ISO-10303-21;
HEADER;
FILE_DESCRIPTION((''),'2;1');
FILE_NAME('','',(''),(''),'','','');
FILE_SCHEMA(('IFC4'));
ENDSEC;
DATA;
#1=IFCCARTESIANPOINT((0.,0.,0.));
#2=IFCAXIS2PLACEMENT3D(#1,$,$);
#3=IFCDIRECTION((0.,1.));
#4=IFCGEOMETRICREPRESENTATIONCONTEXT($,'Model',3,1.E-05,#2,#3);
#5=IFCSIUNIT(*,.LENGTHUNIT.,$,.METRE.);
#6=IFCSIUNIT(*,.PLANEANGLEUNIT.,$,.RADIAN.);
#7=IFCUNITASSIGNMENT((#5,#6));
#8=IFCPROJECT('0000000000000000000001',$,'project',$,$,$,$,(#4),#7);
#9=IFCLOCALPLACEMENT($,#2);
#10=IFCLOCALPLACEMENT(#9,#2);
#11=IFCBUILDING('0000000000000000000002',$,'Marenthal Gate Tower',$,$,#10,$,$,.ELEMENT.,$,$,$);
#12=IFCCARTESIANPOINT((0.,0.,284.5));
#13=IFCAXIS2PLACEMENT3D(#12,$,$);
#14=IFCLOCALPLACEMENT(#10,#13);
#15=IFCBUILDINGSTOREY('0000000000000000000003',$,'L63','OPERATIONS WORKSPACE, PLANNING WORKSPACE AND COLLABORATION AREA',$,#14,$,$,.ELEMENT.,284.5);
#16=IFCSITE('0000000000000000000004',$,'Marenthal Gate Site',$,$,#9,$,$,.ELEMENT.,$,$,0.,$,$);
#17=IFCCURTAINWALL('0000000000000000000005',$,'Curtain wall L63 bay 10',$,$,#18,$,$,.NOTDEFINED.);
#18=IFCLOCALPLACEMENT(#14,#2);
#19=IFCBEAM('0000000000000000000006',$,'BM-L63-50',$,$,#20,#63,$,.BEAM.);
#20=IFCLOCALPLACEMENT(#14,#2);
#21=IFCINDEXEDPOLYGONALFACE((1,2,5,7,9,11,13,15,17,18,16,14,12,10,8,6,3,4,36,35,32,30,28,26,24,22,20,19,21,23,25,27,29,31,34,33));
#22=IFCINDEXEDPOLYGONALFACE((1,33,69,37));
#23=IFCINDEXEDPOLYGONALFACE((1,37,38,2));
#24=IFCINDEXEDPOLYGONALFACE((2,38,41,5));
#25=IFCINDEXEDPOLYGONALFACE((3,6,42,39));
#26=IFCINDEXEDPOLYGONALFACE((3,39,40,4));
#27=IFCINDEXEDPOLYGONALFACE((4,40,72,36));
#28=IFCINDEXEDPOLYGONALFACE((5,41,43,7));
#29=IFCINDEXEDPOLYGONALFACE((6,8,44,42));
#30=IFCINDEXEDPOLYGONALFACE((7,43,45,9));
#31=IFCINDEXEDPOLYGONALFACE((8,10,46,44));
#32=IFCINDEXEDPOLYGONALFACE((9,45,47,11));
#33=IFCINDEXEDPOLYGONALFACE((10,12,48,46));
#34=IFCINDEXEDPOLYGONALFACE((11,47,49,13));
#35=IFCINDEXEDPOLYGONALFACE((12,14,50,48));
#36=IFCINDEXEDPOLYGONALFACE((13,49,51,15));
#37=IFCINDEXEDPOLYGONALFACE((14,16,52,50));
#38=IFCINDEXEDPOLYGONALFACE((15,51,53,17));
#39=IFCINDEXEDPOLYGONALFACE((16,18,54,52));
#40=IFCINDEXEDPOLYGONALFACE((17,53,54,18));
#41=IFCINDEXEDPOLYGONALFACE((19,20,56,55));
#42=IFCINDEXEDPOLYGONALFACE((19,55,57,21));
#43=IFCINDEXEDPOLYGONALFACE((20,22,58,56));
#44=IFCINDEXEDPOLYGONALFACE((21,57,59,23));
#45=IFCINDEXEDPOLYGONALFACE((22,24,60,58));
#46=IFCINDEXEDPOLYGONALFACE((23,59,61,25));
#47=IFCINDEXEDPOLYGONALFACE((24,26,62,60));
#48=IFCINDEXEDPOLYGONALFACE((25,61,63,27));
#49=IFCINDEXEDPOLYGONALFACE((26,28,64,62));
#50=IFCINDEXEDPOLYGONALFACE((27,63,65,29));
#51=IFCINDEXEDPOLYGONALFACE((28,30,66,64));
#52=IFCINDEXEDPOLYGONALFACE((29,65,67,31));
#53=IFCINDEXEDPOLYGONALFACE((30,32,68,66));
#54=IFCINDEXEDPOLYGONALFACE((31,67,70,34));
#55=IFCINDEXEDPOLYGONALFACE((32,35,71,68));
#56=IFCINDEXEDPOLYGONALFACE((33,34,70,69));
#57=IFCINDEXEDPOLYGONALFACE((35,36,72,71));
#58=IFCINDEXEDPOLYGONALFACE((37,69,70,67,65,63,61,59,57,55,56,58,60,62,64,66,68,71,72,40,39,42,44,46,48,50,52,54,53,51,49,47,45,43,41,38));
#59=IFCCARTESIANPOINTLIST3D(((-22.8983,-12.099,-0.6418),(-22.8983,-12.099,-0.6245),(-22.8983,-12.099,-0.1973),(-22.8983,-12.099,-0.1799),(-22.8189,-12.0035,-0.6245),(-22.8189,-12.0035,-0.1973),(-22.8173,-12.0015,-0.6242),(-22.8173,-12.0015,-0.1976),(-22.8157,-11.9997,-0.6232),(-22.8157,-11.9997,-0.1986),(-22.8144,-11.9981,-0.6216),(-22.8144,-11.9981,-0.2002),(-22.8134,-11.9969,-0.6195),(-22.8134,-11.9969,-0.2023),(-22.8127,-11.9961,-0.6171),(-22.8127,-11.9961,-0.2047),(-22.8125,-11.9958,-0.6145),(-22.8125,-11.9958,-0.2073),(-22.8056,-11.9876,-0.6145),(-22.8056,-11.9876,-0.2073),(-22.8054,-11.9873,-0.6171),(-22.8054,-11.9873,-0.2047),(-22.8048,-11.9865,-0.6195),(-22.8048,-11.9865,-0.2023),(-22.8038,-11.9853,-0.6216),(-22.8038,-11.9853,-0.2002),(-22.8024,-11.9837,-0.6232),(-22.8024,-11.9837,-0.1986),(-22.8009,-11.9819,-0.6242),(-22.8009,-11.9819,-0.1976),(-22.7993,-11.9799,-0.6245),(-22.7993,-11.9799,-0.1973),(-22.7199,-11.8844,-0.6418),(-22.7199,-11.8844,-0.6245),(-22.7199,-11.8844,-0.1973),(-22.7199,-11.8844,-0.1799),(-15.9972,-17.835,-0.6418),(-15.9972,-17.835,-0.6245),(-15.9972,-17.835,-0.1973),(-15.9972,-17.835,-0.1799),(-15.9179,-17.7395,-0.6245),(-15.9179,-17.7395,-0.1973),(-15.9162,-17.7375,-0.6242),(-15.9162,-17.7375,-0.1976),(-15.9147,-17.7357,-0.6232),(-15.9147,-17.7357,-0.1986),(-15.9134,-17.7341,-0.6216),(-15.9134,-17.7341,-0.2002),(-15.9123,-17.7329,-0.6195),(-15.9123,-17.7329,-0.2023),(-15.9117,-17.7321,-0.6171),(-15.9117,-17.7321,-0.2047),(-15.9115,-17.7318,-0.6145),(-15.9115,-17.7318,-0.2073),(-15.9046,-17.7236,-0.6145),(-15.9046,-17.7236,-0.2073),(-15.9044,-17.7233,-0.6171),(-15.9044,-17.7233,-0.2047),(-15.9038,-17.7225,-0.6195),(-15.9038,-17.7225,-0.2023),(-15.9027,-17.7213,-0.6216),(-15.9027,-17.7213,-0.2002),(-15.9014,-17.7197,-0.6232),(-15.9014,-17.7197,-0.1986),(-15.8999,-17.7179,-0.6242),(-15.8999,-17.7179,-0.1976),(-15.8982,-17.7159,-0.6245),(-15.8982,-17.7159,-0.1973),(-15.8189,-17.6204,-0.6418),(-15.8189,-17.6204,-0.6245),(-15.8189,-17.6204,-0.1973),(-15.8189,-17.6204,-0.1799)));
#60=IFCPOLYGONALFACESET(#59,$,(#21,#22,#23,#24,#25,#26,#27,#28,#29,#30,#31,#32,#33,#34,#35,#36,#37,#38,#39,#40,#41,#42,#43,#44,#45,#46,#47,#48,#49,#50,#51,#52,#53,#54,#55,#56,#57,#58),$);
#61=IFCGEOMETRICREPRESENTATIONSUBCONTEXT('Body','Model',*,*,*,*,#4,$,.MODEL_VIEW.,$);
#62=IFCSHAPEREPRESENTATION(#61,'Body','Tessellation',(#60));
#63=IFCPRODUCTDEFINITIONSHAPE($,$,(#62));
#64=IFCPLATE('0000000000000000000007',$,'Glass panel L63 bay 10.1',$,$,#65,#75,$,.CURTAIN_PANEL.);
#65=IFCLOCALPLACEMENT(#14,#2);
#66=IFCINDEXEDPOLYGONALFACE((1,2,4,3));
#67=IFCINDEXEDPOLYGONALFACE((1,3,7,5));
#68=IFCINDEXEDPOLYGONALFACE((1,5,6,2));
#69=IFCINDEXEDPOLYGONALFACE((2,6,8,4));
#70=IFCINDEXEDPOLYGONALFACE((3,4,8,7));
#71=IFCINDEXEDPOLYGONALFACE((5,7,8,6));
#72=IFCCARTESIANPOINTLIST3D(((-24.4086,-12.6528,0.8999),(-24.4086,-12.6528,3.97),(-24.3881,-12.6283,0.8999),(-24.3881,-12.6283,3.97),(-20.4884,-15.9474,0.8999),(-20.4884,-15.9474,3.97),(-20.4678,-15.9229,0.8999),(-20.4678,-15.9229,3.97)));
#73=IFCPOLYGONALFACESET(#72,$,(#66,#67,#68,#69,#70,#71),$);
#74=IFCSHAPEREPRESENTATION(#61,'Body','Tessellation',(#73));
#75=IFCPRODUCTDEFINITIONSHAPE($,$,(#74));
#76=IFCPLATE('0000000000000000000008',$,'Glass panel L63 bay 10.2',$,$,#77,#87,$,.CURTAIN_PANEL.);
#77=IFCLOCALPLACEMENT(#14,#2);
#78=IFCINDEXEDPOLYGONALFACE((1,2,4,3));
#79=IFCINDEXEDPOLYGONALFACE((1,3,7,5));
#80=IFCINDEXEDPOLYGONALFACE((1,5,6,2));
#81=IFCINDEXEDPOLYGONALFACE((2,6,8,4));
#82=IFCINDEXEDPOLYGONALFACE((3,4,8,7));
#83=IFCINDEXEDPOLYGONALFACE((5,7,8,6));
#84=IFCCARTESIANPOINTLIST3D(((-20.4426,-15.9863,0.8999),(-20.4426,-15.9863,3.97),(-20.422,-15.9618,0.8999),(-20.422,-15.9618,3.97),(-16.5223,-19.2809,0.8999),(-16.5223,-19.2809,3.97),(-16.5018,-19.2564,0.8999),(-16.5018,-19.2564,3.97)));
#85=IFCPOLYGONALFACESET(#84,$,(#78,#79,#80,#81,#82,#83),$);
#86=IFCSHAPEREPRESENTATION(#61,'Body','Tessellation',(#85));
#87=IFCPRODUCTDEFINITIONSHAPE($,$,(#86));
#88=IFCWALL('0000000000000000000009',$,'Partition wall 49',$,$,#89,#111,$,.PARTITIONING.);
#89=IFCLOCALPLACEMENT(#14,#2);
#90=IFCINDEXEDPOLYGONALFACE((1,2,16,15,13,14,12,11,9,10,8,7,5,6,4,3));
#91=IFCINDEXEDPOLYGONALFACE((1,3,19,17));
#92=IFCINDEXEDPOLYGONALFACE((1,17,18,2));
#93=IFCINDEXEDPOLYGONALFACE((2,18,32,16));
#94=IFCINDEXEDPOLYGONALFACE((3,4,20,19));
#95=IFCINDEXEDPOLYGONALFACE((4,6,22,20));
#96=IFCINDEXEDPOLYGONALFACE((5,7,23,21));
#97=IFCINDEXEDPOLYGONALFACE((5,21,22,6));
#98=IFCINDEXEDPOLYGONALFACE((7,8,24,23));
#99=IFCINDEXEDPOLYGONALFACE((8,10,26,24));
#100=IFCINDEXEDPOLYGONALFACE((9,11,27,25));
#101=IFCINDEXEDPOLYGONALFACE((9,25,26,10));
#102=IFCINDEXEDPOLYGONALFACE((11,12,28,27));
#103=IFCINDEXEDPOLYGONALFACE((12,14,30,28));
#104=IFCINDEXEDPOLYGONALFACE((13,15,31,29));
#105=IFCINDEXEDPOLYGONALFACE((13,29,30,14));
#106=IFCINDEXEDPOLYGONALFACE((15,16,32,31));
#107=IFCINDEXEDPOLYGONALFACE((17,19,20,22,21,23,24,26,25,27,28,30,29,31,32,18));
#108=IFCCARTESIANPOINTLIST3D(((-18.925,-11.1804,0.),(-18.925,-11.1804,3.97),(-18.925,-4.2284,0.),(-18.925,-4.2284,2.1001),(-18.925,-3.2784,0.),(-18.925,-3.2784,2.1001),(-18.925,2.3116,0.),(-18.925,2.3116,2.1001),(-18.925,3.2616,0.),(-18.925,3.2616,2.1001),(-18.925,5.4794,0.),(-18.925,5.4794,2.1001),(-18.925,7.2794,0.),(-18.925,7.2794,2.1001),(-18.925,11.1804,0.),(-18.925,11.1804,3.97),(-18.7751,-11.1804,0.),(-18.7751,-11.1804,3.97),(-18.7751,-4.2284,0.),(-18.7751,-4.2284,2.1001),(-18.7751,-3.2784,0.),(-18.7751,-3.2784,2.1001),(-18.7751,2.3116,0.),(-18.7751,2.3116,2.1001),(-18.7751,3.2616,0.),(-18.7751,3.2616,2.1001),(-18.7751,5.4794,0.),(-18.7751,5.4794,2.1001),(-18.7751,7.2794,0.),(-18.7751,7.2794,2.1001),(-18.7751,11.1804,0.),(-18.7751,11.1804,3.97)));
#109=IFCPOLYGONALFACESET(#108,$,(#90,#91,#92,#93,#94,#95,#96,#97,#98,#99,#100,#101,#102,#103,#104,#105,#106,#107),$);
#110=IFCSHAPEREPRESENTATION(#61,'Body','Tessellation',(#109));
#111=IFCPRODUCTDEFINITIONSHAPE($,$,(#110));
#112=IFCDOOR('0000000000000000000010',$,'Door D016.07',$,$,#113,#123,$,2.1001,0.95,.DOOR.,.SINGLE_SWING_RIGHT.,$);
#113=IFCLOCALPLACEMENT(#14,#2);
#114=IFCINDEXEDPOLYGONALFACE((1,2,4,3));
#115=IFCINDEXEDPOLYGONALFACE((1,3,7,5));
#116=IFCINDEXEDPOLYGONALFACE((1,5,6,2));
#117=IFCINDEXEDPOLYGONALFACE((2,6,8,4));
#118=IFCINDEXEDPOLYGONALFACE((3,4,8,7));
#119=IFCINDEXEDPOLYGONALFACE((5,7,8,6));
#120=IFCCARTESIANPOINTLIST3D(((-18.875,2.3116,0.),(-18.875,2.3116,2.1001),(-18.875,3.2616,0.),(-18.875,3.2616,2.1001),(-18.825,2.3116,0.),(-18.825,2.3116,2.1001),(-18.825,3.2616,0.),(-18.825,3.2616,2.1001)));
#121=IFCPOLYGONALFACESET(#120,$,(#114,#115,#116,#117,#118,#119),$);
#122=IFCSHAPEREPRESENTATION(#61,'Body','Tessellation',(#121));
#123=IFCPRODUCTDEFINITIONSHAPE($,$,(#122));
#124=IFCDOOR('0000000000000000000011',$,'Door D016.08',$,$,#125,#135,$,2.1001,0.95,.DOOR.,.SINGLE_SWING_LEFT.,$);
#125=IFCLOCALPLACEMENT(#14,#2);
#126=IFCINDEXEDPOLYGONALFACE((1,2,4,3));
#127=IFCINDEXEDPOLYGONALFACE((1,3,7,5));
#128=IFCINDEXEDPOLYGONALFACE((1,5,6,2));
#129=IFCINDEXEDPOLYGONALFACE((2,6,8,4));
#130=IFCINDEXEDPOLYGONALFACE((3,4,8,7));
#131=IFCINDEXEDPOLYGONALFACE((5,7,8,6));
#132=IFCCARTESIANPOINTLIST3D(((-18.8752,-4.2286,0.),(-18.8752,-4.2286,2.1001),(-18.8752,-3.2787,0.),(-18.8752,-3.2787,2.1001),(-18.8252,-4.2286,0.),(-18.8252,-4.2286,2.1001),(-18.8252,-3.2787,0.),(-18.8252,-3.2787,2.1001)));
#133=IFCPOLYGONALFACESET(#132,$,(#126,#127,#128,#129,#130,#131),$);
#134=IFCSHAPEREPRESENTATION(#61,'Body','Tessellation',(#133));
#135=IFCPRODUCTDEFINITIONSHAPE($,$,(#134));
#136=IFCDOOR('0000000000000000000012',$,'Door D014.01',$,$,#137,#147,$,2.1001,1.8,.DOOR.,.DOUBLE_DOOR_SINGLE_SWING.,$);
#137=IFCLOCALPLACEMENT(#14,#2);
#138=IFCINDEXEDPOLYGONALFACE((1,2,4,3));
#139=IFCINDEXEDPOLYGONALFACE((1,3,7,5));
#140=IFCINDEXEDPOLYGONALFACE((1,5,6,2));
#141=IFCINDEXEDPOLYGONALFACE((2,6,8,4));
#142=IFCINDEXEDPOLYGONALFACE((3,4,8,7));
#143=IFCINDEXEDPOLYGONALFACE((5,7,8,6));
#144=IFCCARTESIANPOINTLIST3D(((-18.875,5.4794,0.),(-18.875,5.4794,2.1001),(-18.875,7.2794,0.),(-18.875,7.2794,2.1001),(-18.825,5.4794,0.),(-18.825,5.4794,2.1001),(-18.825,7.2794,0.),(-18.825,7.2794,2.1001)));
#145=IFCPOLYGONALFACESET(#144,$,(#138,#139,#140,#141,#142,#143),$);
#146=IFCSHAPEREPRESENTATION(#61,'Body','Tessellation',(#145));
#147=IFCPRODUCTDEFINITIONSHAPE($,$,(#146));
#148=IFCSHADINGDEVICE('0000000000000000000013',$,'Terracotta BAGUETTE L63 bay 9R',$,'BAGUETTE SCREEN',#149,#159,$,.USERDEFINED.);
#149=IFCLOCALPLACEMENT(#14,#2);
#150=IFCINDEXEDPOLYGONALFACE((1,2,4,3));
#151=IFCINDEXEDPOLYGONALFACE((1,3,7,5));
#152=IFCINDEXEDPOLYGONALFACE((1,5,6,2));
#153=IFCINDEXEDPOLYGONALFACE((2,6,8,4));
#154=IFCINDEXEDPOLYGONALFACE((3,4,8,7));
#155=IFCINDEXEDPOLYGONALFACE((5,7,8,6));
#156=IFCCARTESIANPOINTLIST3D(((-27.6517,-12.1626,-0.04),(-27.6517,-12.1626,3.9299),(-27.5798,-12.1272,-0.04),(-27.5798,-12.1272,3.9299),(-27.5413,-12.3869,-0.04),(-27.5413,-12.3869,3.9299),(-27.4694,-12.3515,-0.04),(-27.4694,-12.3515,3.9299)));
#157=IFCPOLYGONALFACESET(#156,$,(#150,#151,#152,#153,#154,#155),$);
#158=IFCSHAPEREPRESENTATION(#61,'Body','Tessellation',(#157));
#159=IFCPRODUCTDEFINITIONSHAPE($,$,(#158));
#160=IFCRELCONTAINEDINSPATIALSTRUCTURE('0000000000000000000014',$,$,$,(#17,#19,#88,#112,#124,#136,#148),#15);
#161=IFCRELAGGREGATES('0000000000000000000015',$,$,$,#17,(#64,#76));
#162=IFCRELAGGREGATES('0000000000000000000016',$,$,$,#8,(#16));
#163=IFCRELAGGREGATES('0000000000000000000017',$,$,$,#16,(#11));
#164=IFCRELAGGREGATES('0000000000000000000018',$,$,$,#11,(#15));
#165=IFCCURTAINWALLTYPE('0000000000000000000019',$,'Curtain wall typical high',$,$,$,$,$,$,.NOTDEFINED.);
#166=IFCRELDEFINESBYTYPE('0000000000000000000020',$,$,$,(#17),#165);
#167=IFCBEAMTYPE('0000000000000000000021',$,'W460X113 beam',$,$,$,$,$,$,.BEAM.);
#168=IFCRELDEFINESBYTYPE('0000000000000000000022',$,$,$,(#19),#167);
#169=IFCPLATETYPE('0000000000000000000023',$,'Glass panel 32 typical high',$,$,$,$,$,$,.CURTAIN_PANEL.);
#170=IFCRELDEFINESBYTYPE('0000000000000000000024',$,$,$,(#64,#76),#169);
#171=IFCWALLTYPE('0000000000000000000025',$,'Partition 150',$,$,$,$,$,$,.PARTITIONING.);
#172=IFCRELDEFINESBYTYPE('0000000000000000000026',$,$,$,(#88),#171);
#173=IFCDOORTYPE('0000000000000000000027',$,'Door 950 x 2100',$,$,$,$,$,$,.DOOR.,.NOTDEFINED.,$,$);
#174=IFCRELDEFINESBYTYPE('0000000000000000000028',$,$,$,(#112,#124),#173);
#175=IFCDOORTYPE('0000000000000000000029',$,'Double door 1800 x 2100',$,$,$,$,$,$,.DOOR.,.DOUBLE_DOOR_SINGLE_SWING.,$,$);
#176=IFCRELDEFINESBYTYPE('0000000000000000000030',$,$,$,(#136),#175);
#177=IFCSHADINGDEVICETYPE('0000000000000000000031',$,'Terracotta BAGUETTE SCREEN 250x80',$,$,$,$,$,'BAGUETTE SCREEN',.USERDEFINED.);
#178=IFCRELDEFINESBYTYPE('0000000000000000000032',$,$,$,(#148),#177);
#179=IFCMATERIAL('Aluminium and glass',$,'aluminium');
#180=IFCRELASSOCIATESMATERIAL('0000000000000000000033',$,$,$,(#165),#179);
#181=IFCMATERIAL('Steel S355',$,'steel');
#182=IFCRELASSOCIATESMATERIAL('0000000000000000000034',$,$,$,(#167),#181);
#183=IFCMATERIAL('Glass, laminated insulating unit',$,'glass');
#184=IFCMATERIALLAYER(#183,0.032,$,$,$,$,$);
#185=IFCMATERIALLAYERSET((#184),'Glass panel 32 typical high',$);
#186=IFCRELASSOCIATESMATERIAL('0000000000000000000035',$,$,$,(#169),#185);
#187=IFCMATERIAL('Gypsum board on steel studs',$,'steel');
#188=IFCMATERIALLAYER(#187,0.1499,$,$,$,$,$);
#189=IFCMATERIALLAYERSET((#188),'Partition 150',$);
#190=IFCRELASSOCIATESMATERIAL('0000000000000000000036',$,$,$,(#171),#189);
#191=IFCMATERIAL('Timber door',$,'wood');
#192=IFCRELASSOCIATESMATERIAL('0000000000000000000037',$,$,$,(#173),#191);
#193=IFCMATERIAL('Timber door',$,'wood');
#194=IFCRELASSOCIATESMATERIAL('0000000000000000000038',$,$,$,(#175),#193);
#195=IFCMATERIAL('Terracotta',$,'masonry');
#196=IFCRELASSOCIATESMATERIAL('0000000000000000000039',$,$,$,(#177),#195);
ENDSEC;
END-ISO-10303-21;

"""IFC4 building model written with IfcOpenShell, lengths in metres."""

from ifc_helpers import new_model, si_unit, direction, frame, frame_2d, origin, origin_2d, place, context, subcontext, project, spatial, rectangle, i_section, extrude, material, layer, layer_set, material_profile, profile_set, type_object, element, fill, aggregate, save


model = new_model("IFC4")

# Units and contexts
model_context = context("Model", 3, precision=1e-05, world=origin(), true_north=direction((0.0, 1.0)))
body_context = subcontext(model_context, "Body", "Model", "MODEL_VIEW")
ifc_project = project(units=[si_unit("LENGTHUNIT", "METRE"), si_unit("PLANEANGLEUNIT", "RADIAN")], contexts=[model_context])

# Site, building, storey
site_placement = place(None, origin())
site = spatial("IfcSite", under=ifc_project, at=site_placement, Name="Marenthal Gate Site", CompositionType="ELEMENT", RefElevation=0.0)
building_placement = place(site_placement, origin())
building = spatial("IfcBuilding", under=site, at=building_placement, Name="Marenthal Gate Tower", CompositionType="ELEMENT")
storey_placement = place(building_placement, frame((0.0, 0.0, 284.5)))
storey = spatial("IfcBuildingStorey", under=building, at=storey_placement, Name="L63", Description="OPERATIONS WORKSPACE, PLANNING WORKSPACE AND COLLABORATION AREA", CompositionType="ELEMENT", Elevation=284.5)

# Curtain wall
ifc_material_1 = material(Name="Aluminium and glass", Category="aluminium")
curtain_wall_type = type_object("IfcCurtainWallType", Name="Curtain wall typical high", PredefinedType="NOTDEFINED", material=ifc_material_1)
curtain_wall_placement = place(storey_placement, origin())
curtain_wall = element("IfcCurtainWall", 1, at=curtain_wall_placement, inside=storey, type_object=curtain_wall_type, Name="Curtain wall L63 bay 10", PredefinedType="NOTDEFINED")

# Beam
ifc_material_2 = material(Name="Steel S355", Category="steel")
ifc_material_profile_1 = material_profile(ifc_material_2, i_section(OverallWidth=0.2791, OverallDepth=0.4619, WebThickness=0.0107, FlangeThickness=0.0173, FilletRadius=0.01, at=origin_2d()), Name="W460X113")
ifc_profile_set_1 = profile_set([ifc_material_profile_1], Name="Steel S355")
beam_type_1 = type_object("IfcBeamType", Name="W460X113 beam", PredefinedType="BEAM", material=ifc_profile_set_1)
beam_1_placement = place(storey_placement, frame((-22.8091, -11.9917, -0.4109), z_axis=(0.769035, -0.639207, 0.0), x_axis=(0.639207, 0.769035, 0.0)))
element("IfcBeam", 2, at=beam_1_placement, inside=storey, type_object=beam_type_1, Name="BM-L63-50", PredefinedType="BEAM", context=body_context, shape_type="SweptSolid", body=[
    extrude(i_section(OverallWidth=0.2791, OverallDepth=0.4619, WebThickness=0.0107, FlangeThickness=0.0173, FilletRadius=0.01, at=origin_2d()), origin(), (0.0, 0.0, 1.0), 8.9736),
])

# Plates
ifc_material_3 = material(Name="Glass, laminated insulating unit", Category="glass")
ifc_layer_1 = layer(ifc_material_3, 0.032)
ifc_layer_set_1 = layer_set([ifc_layer_1], Name="Glass panel 32 typical high")
plate_type = type_object("IfcPlateType", Name="Glass panel 32 typical high", PredefinedType="CURTAIN_PANEL", material=ifc_layer_set_1)
plate_1_placement = place(storey_placement, frame((-22.4382, -14.2878, 0.8999), z_axis=(0.0, 0.0, 1.0), x_axis=(0.765547, -0.64338, 0.0)))
plate_1 = element("IfcPlate", 3, at=plate_1_placement, type_object=plate_type, Name="Glass panel L63 bay 10.1", PredefinedType="CURTAIN_PANEL", context=body_context, shape_type="SweptSolid", body=[
    extrude(rectangle(XDim=5.1208, YDim=0.032, at=origin_2d()), origin(), (0.0, 0.0, 1.0), 3.0701),
])
plate_2_placement = place(storey_placement, frame((-18.4722, -17.6213, 0.8999), z_axis=(0.0, 0.0, 1.0), x_axis=(0.765547, -0.64338, 0.0)))
plate_2 = element("IfcPlate", 4, at=plate_2_placement, type_object=plate_type, Name="Glass panel L63 bay 10.2", PredefinedType="CURTAIN_PANEL", context=body_context, shape_type="SweptSolid", body=[
    extrude(rectangle(XDim=5.1208, YDim=0.032, at=origin_2d()), origin(), (0.0, 0.0, 1.0), 3.0701),
])
aggregate(curtain_wall, [plate_1, plate_2])

# Wall, openings, doors
ifc_material_4 = material(Name="Gypsum board on steel studs", Category="steel")
ifc_layer_2 = layer(ifc_material_4, 0.1499)
ifc_layer_set_2 = layer_set([ifc_layer_2], Name="Partition 150")
wall_type_1 = type_object("IfcWallType", Name="Partition 150", PredefinedType="PARTITIONING", material=ifc_layer_set_2)
wall_1_placement = place(storey_placement, frame((-18.8501, -11.1804, 0.0), z_axis=(0.0, 0.0, 1.0), x_axis=(0.0, 1.0, 0.0)))
wall_1 = element("IfcWall", 5, at=wall_1_placement, inside=storey, type_object=wall_type_1, Name="Partition wall 49", PredefinedType="PARTITIONING", context=body_context, shape_type="SweptSolid", body=[
    extrude(rectangle(XDim=22.3608, YDim=0.1499, at=frame_2d((11.1804, 0.0))), origin(), (0.0, 0.0, 1.0), 3.97),
])
opening_1_placement = place(wall_1_placement, frame((16.6599, 0.0, 0.0)))
opening_1 = element("IfcOpeningElement", 6, at=opening_1_placement, cuts=wall_1, PredefinedType="OPENING", context=body_context, shape_type="SweptSolid", body=[
    extrude(rectangle(XDim=1.8, YDim=2.1001, at=frame_2d((0.8999, 1.05))), frame((0.0, 0.085, 0.0), z_axis=(0.0, -1.0, 0.0), x_axis=(1.0, 0.0, 0.0)), (0.0, 0.0, 1.0), 0.1699),
])
opening_2_placement = place(wall_1_placement, frame((13.4919, 0.0, 0.0)))
opening_2 = element("IfcOpeningElement", 7, at=opening_2_placement, cuts=wall_1, PredefinedType="OPENING", context=body_context, shape_type="SweptSolid", body=[
    extrude(rectangle(XDim=0.95, YDim=2.1001, at=frame_2d((0.4751, 1.05))), frame((0.0, 0.085, 0.0), z_axis=(0.0, -1.0, 0.0), x_axis=(1.0, 0.0, 0.0)), (0.0, 0.0, 1.0), 0.1699),
])
opening_3_placement = place(wall_1_placement, frame((6.9519, 0.0, 0.0)))
opening_3 = element("IfcOpeningElement", 8, at=opening_3_placement, cuts=wall_1, PredefinedType="OPENING", context=body_context, shape_type="SweptSolid", body=[
    extrude(rectangle(XDim=0.95, YDim=2.1001, at=frame_2d((0.4751, 1.05))), frame((0.0, 0.085, 0.0), z_axis=(0.0, -1.0, 0.0), x_axis=(1.0, 0.0, 0.0)), (0.0, 0.0, 1.0), 0.1699),
])
ifc_material_5 = material(Name="Timber door", Category="wood")
door_type_1 = type_object("IfcDoorType", Name="Door 950 x 2100", OperationType="NOTDEFINED", PredefinedType="DOOR", material=ifc_material_5)
door_1_placement = place(opening_2_placement, origin())
door_1 = element("IfcDoor", 9, at=door_1_placement, inside=storey, type_object=door_type_1, Name="Door D016.07", OperationType="SINGLE_SWING_RIGHT", OverallHeight=2.1001, OverallWidth=0.95, PredefinedType="DOOR", context=body_context, shape_type="SweptSolid", body=[
    extrude(rectangle(XDim=0.95, YDim=2.1001, at=frame_2d((0.4751, 1.05))), frame((0.0, 0.0249, 0.0), z_axis=(0.0, -1.0, 0.0), x_axis=(1.0, 0.0, 0.0)), (0.0, 0.0, 1.0), 0.05),
])
fill(opening_2, door_1)
door_2_placement = place(opening_3_placement, frame((0.95, 0.0, 0.0), z_axis=(0.0, 0.0, 1.0), x_axis=(-1.0, 0.0, 0.0)))
door_2 = element("IfcDoor", 10, at=door_2_placement, inside=storey, type_object=door_type_1, Name="Door D016.08", OperationType="SINGLE_SWING_LEFT", OverallHeight=2.1001, OverallWidth=0.95, PredefinedType="DOOR", context=body_context, shape_type="SweptSolid", body=[
    extrude(rectangle(XDim=0.95, YDim=2.1001, at=frame_2d((0.4751, 1.05))), frame((0.0, 0.0249, 0.0), z_axis=(0.0, -1.0, 0.0), x_axis=(1.0, 0.0, 0.0)), (0.0, 0.0, 1.0), 0.05),
])
fill(opening_3, door_2)
ifc_material_6 = material(Name="Timber door", Category="wood")
door_type_2 = type_object("IfcDoorType", Name="Double door 1800 x 2100", OperationType="DOUBLE_DOOR_SINGLE_SWING", PredefinedType="DOOR", material=ifc_material_6)
door_3_placement = place(opening_1_placement, origin())
door_3 = element("IfcDoor", 11, at=door_3_placement, inside=storey, type_object=door_type_2, Name="Door D014.01", OperationType="DOUBLE_DOOR_SINGLE_SWING", OverallHeight=2.1001, OverallWidth=1.8, PredefinedType="DOOR", context=body_context, shape_type="SweptSolid", body=[
    extrude(rectangle(XDim=1.8, YDim=2.1001, at=frame_2d((0.8999, 1.05))), frame((0.0, 0.0249, 0.0), z_axis=(0.0, -1.0, 0.0), x_axis=(1.0, 0.0, 0.0)), (0.0, 0.0, 1.0), 0.05),
])
fill(opening_1, door_3)

# Shading device
ifc_material_7 = material(Name="Terracotta", Category="masonry")
ifc_material_profile_2 = material_profile(ifc_material_7, rectangle(XDim=0.25, YDim=0.0801, at=origin_2d()), Name="Terracotta baguette 250x80")
ifc_profile_set_2 = profile_set([ifc_material_profile_2], Name="Terracotta")
shading_device_type = type_object("IfcShadingDeviceType", Name="Terracotta BAGUETTE SCREEN 250x80", ElementType="BAGUETTE SCREEN", PredefinedType="USERDEFINED", material=ifc_profile_set_2)
shading_device_placement = place(storey_placement, frame((-27.5605, -12.2571, -0.04), z_axis=(0.0, 0.0, 1.0), x_axis=(0.441711, -0.897157, 0.0)))
element("IfcShadingDevice", 12, at=shading_device_placement, inside=storey, type_object=shading_device_type, Name="Terracotta BAGUETTE L63 bay 9R", ObjectType="BAGUETTE SCREEN", PredefinedType="USERDEFINED", context=body_context, shape_type="SweptSolid", body=[
    extrude(rectangle(XDim=0.25, YDim=0.0801, at=origin_2d()), origin(), (0.0, 0.0, 1.0), 3.97),
])

save(model, "model.ifc")
